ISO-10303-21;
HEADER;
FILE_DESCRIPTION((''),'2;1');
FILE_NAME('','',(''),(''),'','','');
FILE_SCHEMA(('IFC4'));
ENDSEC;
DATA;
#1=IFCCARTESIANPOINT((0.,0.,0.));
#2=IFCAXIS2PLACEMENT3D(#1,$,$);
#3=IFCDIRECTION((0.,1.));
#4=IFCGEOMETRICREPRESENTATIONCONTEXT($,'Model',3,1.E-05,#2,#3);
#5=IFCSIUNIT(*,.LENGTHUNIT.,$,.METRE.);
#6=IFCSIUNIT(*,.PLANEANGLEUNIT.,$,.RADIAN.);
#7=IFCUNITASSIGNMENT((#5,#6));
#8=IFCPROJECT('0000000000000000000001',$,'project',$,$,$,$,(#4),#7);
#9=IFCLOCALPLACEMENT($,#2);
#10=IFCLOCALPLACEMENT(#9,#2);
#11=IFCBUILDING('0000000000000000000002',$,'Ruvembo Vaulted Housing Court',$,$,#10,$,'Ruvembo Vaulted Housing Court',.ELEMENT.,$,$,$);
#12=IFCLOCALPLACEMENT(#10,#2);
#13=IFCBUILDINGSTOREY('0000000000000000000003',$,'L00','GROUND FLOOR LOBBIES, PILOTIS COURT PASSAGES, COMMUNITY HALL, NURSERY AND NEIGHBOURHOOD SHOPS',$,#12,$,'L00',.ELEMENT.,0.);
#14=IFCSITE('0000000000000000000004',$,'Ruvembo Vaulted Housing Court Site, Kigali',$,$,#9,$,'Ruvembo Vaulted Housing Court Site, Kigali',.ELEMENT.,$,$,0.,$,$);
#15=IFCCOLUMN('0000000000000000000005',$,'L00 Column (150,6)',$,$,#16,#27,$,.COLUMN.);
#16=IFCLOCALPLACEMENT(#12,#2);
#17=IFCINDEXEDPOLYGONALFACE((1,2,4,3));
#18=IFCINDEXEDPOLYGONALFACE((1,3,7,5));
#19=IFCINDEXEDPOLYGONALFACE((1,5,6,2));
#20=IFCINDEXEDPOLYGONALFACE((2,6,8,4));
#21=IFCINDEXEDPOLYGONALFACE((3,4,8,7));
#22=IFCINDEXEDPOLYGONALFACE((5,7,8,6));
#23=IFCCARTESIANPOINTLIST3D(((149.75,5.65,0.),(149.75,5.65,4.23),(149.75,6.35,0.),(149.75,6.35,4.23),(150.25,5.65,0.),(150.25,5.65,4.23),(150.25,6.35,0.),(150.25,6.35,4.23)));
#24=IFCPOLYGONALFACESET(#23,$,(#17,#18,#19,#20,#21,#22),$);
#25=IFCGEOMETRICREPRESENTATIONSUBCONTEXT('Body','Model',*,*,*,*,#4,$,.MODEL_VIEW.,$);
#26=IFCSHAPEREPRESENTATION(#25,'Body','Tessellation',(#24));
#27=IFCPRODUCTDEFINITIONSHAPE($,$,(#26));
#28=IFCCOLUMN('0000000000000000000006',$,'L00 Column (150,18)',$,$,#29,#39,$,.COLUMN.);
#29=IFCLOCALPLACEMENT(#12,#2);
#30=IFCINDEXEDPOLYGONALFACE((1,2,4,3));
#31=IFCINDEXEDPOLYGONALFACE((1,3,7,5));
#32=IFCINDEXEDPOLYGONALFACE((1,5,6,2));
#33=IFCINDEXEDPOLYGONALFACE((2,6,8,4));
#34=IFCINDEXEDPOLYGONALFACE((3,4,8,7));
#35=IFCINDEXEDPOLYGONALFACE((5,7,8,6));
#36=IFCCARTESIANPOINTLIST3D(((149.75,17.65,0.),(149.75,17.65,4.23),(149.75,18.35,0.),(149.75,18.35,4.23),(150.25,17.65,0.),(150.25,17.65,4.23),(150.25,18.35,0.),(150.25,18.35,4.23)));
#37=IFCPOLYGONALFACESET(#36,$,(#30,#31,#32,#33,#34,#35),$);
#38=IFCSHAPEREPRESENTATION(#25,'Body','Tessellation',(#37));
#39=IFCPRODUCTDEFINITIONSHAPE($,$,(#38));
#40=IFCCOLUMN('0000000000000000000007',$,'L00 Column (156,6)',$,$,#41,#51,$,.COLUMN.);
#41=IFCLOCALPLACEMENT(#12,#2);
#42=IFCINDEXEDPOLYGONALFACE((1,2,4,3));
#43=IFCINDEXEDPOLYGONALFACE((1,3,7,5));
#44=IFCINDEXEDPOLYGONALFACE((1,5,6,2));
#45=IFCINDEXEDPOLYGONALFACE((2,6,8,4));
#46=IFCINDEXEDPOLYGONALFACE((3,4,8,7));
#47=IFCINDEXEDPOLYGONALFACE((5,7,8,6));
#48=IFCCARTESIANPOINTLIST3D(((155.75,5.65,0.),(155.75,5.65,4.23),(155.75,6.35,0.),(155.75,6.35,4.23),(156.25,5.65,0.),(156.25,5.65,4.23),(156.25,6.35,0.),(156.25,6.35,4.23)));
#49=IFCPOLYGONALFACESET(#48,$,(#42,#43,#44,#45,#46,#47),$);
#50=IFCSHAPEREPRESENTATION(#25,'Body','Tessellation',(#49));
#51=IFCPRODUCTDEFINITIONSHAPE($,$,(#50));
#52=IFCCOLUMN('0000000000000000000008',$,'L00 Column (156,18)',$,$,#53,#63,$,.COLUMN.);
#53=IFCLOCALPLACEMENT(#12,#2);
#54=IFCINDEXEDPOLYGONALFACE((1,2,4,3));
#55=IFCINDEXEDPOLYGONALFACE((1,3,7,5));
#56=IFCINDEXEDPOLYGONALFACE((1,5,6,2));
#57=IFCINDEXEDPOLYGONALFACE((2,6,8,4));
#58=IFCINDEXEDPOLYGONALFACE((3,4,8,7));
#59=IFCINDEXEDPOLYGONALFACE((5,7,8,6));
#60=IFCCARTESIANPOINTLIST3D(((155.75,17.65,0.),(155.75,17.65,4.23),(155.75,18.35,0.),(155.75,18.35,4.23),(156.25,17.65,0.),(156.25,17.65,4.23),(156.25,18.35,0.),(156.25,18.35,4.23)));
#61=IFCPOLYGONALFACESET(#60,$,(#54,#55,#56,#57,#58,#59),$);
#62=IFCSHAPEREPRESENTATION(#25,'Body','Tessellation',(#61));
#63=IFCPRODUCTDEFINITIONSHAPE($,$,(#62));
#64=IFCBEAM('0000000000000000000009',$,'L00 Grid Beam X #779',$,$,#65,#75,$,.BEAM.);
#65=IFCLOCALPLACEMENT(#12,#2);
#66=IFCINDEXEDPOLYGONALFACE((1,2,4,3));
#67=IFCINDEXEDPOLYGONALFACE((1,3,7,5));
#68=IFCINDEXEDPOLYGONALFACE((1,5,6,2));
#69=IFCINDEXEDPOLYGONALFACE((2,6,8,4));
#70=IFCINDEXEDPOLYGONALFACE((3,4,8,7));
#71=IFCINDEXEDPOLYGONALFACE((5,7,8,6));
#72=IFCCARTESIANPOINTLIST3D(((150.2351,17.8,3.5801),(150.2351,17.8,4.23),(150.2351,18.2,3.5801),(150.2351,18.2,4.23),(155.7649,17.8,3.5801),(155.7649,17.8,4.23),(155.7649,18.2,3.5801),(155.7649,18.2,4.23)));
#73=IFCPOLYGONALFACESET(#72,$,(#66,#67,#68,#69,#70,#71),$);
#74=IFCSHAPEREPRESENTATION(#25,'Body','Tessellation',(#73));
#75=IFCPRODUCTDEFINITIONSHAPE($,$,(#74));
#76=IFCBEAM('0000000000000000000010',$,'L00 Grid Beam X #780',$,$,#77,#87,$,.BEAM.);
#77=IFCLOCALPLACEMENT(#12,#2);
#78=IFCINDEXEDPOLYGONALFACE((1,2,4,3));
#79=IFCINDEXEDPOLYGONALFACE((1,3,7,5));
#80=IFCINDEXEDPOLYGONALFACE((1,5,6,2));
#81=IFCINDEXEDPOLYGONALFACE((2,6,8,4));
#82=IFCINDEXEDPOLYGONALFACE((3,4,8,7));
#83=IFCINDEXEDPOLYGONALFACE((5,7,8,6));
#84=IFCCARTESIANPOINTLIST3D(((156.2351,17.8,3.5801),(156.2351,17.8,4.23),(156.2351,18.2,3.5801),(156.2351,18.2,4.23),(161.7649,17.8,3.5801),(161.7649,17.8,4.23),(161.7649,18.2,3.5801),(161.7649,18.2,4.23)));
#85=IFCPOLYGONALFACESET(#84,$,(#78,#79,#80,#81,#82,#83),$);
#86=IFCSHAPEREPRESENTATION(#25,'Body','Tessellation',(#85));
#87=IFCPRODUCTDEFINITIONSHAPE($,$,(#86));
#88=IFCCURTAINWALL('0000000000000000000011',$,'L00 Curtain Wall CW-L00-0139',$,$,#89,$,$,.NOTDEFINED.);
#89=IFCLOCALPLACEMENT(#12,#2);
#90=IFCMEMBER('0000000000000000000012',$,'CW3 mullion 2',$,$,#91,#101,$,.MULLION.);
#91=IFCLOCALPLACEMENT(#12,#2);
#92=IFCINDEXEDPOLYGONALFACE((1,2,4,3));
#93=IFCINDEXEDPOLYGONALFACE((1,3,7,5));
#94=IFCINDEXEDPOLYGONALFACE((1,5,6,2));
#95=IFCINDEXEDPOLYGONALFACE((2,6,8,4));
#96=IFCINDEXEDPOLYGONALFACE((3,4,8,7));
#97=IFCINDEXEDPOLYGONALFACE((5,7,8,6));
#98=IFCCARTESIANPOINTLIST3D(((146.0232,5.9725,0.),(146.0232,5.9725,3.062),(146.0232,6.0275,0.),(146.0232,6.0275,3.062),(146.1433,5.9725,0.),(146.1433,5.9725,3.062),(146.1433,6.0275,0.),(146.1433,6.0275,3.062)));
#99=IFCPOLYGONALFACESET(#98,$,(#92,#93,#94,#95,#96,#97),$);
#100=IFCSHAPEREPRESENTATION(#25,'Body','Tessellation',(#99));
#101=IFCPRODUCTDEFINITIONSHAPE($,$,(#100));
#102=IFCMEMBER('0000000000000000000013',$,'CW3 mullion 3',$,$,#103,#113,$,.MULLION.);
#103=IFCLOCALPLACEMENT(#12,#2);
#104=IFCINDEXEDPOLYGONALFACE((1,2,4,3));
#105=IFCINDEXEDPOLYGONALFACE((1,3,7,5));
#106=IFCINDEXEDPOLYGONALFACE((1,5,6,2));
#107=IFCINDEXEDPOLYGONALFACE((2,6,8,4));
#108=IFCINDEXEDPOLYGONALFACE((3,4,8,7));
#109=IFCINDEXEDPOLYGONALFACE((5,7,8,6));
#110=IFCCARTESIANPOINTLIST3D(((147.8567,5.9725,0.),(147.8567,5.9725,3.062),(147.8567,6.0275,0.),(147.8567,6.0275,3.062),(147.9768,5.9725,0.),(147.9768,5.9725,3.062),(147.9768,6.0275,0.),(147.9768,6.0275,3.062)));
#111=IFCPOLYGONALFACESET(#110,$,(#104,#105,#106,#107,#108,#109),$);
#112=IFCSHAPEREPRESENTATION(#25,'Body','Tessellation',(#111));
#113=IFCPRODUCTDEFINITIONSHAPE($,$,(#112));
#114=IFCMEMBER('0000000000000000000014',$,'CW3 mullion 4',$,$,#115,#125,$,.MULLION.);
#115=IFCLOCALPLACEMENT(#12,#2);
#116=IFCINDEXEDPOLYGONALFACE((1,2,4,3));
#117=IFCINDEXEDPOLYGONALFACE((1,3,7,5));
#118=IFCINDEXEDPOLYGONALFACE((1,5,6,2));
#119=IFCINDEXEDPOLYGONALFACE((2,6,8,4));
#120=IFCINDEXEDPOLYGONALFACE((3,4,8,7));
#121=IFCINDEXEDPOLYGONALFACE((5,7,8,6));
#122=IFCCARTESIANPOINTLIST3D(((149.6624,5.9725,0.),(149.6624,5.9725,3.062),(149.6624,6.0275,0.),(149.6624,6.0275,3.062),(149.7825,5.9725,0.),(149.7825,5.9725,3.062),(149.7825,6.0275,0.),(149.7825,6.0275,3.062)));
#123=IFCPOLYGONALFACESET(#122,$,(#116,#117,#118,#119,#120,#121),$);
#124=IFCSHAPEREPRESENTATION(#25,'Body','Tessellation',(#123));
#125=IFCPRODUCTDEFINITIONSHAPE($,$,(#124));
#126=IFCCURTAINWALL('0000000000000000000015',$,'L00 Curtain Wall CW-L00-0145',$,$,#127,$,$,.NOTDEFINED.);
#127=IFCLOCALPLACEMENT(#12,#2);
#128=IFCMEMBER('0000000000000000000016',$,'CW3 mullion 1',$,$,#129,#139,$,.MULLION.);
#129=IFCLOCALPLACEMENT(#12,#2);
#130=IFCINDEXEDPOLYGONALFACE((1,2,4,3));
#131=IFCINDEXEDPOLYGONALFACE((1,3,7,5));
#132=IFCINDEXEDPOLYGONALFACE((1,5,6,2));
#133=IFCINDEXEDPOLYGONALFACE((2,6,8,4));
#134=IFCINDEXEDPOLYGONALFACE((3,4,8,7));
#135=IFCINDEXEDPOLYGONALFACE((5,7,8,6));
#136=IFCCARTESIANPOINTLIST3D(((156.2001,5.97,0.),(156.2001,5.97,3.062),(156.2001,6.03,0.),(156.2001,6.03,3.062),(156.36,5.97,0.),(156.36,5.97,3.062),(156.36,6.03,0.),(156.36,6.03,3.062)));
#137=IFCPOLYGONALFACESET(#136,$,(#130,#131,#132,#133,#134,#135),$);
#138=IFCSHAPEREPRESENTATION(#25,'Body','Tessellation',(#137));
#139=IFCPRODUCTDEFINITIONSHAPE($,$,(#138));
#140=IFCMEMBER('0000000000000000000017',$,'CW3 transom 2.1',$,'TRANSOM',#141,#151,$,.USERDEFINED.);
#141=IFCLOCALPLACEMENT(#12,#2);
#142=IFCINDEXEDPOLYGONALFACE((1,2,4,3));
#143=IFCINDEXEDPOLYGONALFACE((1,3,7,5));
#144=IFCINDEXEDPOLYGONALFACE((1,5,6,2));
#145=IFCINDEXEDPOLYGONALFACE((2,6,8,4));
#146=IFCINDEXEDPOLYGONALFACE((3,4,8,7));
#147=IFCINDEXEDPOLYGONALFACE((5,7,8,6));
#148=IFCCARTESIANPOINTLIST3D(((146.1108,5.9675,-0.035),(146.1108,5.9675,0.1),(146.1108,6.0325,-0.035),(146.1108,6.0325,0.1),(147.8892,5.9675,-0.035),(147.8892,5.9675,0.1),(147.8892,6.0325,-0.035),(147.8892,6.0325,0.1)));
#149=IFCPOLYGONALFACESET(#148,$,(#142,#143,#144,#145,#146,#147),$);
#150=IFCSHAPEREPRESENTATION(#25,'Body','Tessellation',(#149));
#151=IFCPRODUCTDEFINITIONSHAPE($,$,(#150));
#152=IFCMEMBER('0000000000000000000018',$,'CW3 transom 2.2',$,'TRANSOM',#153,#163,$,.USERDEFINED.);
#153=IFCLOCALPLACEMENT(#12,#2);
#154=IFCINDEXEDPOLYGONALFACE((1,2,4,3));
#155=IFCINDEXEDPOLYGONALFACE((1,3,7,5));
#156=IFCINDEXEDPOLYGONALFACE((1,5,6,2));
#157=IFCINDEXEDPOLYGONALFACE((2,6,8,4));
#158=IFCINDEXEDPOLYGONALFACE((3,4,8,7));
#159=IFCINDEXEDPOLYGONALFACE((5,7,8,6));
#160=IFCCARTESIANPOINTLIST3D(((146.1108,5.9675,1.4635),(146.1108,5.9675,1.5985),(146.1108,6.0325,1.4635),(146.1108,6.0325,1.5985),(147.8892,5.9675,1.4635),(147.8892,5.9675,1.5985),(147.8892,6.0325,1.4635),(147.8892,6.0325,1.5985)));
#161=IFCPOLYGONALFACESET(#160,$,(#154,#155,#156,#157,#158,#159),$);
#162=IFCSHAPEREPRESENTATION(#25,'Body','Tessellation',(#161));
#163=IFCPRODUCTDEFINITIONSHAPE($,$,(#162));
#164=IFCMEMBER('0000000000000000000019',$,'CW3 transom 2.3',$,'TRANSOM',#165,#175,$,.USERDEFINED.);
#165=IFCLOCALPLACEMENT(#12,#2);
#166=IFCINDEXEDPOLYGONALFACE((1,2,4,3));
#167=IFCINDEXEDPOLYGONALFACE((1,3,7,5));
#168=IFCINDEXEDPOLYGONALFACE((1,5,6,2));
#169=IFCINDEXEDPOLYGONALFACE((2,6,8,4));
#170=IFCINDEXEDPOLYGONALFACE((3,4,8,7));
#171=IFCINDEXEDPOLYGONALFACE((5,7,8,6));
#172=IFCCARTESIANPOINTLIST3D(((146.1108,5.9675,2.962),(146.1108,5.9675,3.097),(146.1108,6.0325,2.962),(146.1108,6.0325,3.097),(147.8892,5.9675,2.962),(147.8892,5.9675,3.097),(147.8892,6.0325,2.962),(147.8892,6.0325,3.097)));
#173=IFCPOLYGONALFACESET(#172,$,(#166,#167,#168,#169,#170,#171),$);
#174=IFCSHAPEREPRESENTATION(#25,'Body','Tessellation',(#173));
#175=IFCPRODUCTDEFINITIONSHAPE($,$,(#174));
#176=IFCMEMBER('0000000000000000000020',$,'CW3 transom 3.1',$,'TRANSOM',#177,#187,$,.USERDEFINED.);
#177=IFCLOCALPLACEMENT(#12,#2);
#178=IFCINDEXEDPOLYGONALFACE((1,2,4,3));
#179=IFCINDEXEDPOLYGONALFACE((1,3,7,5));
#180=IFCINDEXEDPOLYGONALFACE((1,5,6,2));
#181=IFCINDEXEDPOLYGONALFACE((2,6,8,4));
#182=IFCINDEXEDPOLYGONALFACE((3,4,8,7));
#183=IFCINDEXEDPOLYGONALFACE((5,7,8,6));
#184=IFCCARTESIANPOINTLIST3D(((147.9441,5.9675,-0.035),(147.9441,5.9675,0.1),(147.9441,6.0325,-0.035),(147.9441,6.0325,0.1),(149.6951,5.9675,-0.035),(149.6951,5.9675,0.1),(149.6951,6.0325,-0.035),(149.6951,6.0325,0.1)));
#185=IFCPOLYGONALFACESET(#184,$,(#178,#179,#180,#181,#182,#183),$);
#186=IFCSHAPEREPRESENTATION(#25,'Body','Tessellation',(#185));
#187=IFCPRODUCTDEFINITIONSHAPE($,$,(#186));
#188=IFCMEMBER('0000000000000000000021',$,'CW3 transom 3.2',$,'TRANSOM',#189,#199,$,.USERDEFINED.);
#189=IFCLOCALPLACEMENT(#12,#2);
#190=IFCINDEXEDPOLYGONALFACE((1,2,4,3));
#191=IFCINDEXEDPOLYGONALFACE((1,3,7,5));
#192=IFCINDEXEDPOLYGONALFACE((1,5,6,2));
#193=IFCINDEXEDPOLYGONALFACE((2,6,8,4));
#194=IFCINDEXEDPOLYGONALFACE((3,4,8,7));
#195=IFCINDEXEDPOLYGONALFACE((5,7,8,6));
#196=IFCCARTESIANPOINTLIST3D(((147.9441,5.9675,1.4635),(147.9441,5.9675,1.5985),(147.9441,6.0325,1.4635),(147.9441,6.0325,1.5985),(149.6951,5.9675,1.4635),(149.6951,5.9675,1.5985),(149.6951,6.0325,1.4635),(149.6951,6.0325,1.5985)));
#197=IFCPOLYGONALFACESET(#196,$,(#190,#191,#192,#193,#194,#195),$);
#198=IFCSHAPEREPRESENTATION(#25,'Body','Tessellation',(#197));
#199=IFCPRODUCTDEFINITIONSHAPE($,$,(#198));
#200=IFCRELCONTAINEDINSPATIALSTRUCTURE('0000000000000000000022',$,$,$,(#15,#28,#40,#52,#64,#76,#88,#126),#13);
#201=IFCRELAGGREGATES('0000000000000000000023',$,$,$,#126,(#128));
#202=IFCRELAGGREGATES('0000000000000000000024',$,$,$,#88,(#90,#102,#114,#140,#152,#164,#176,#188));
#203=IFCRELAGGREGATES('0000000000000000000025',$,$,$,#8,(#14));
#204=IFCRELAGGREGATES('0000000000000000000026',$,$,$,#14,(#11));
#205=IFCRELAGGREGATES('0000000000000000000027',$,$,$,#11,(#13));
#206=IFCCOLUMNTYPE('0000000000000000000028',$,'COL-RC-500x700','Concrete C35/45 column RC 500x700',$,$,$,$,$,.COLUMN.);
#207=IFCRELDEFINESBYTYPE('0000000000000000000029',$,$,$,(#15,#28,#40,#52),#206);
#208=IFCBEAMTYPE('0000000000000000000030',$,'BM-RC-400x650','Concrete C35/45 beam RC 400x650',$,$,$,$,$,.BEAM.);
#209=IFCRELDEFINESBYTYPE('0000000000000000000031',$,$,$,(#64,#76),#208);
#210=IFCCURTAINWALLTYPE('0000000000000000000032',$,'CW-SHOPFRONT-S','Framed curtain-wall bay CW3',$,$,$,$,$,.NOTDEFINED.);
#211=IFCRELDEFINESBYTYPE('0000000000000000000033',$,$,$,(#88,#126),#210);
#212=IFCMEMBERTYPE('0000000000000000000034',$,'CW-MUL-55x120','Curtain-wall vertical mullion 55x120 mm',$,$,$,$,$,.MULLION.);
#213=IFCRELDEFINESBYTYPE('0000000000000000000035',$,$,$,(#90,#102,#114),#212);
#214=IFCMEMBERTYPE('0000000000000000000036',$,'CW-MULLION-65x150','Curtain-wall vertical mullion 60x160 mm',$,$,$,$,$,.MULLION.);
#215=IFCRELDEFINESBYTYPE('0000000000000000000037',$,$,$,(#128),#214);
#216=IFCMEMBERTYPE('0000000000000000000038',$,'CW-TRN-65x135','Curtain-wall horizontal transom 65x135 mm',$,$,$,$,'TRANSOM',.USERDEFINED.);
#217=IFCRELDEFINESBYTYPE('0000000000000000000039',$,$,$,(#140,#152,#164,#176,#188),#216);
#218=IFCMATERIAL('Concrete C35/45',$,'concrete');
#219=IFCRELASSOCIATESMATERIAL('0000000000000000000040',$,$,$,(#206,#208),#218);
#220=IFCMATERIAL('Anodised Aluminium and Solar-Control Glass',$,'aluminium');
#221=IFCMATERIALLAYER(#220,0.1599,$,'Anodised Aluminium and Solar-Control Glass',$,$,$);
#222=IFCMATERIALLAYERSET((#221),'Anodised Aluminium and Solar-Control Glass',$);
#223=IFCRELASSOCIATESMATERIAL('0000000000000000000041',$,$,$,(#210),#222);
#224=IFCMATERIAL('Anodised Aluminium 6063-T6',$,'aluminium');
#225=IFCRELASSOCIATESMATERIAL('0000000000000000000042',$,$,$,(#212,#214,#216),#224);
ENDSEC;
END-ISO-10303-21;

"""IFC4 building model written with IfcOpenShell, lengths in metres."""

from ifc_helpers import new_model, si_unit, direction, frame, origin, origin_2d, place, context, subcontext, project, spatial, rectangle, extrude, material, layer, layer_set, material_profile, profile_set, type_object, element, aggregate, save


model = new_model("IFC4")

# Units and contexts
model_context = context("Model", 3, precision=1e-05, world=origin(), true_north=direction((0.0, 1.0)))
body_context = subcontext(model_context, "Body", "Model", "MODEL_VIEW")
ifc_project = project(units=[si_unit("LENGTHUNIT", "METRE"), si_unit("PLANEANGLEUNIT", "RADIAN")], contexts=[model_context])

# Site, building, storey
site_placement = place(None, origin())
site = spatial("IfcSite", under=ifc_project, at=site_placement, Name="Ruvembo Vaulted Housing Court Site, Kigali", LongName="Ruvembo Vaulted Housing Court Site, Kigali", CompositionType="ELEMENT", RefElevation=0.0)
building_placement = place(site_placement, origin())
building = spatial("IfcBuilding", under=site, at=building_placement, Name="Ruvembo Vaulted Housing Court", LongName="Ruvembo Vaulted Housing Court", CompositionType="ELEMENT")
storey_placement = place(building_placement, origin())
storey = spatial("IfcBuildingStorey", under=building, at=storey_placement, Name="L00", Description="GROUND FLOOR LOBBIES, PILOTIS COURT PASSAGES, COMMUNITY HALL, NURSERY AND NEIGHBOURHOOD SHOPS", LongName="L00", CompositionType="ELEMENT", Elevation=0.0)

# Columns
ifc_material_1 = material(Name="Concrete C35/45", Category="concrete")
ifc_material_profile_1 = material_profile(ifc_material_1, rectangle(XDim=0.5, YDim=0.7, at=origin_2d()), Name="RC 500x700")
ifc_profile_set_1 = profile_set([ifc_material_profile_1], Name="Concrete C35/45")
column_type = type_object("IfcColumnType", Name="COL-RC-500x700", Description="Concrete C35/45 column RC 500x700", PredefinedType="COLUMN", material=ifc_profile_set_1)
for number, where, z_axis, x_axis, name in (
    (1, (150.0, 6.0, 0.0), (0.0, 0.0, 1.0), (1.0, 0.0, 0.0), "L00 Column (150,6)"),
    (2, (150.0, 18.0, 0.0), (0.0, 0.0, 1.0), (1.0, 0.0, 0.0), "L00 Column (150,18)"),
    (3, (156.0, 6.0, 0.0), (0.0, 0.0, 1.0), (1.0, 0.0, 0.0), "L00 Column (156,6)"),
    (4, (156.0, 18.0, 0.0), (0.0, 0.0, 1.0), (1.0, 0.0, 0.0), "L00 Column (156,18)"),
):
    element("IfcColumn", number, at=place(storey_placement, frame(where, z_axis=z_axis, x_axis=x_axis)), inside=storey, type_object=column_type, Name=name, PredefinedType="COLUMN", context=body_context, shape_type="SweptSolid", body=[
        extrude(rectangle(XDim=0.5, YDim=0.7, at=origin_2d()), origin(), (0.0, 0.0, 1.0), 4.23),
    ])

# Beams
ifc_material_profile_2 = material_profile(ifc_material_1, rectangle(XDim=0.3999, YDim=0.6499, at=origin_2d()), Name="RC 400x650")
ifc_profile_set_2 = profile_set([ifc_material_profile_2], Name="Concrete C35/45")
beam_type_1 = type_object("IfcBeamType", Name="BM-RC-400x650", Description="Concrete C35/45 beam RC 400x650", PredefinedType="BEAM", material=ifc_profile_set_2)
for number, where, z_axis, x_axis, name in (
    (5, (150.2351, 18.0, 3.905), (1.0, 0.0, 0.0), (0.0, 1.0, 0.0), "L00 Grid Beam X #779"),
    (6, (156.2351, 18.0, 3.905), (1.0, 0.0, 0.0), (0.0, 1.0, 0.0), "L00 Grid Beam X #780"),
):
    element("IfcBeam", number, at=place(storey_placement, frame(where, z_axis=z_axis, x_axis=x_axis)), inside=storey, type_object=beam_type_1, Name=name, PredefinedType="BEAM", context=body_context, shape_type="SweptSolid", body=[
        extrude(rectangle(XDim=0.3999, YDim=0.6499, at=origin_2d()), origin(), (0.0, 0.0, 1.0), 5.5298),
    ])

# Curtain wall, members
ifc_material_2 = material(Name="Anodised Aluminium and Solar-Control Glass", Category="aluminium")
ifc_layer_1 = layer(ifc_material_2, 0.1599, Name="Anodised Aluminium and Solar-Control Glass")
ifc_layer_set_1 = layer_set([ifc_layer_1], Name="Anodised Aluminium and Solar-Control Glass")
curtain_wall_type = type_object("IfcCurtainWallType", Name="CW-SHOPFRONT-S", Description="Framed curtain-wall bay CW3", PredefinedType="NOTDEFINED", material=ifc_layer_set_1)
curtain_wall_1_placement = place(storey_placement, origin())
curtain_wall_1 = element("IfcCurtainWall", 7, at=curtain_wall_1_placement, inside=storey, type_object=curtain_wall_type, Name="L00 Curtain Wall CW-L00-0139", PredefinedType="NOTDEFINED")
ifc_material_3 = material(Name="Anodised Aluminium 6063-T6", Category="aluminium")
ifc_material_profile_3 = material_profile(ifc_material_3, rectangle(XDim=0.0549, YDim=0.1201, at=origin_2d()), Name="ALU 55x120")
ifc_profile_set_3 = profile_set([ifc_material_profile_3], Name="Anodised Aluminium 6063-T6")
member_type_1 = type_object("IfcMemberType", Name="CW-MUL-55x120", Description="Curtain-wall vertical mullion 55x120 mm", PredefinedType="MULLION", material=ifc_profile_set_3)
member_1_placement = place(storey_placement, frame((146.0833, 6.0, 0.0), z_axis=(0.0, 0.0, 1.0), x_axis=(0.0, 1.0, 0.0)))
member_1 = element("IfcMember", 8, at=member_1_placement, type_object=member_type_1, Name="CW3 mullion 2", PredefinedType="MULLION", context=body_context, shape_type="SweptSolid", body=[
    extrude(rectangle(XDim=0.0549, YDim=0.1201, at=origin_2d()), origin(), (0.0, 0.0, 1.0), 3.062),
])
member_2_placement = place(storey_placement, frame((147.9167, 6.0, 0.0), z_axis=(0.0, 0.0, 1.0), x_axis=(0.0, 1.0, 0.0)))
member_2 = element("IfcMember", 9, at=member_2_placement, type_object=member_type_1, Name="CW3 mullion 3", PredefinedType="MULLION", context=body_context, shape_type="SweptSolid", body=[
    extrude(rectangle(XDim=0.0549, YDim=0.1201, at=origin_2d()), origin(), (0.0, 0.0, 1.0), 3.062),
])
member_3_placement = place(storey_placement, frame((149.7224, 6.0, 0.0), z_axis=(0.0, 0.0, 1.0), x_axis=(0.0, 1.0, 0.0)))
member_3 = element("IfcMember", 10, at=member_3_placement, type_object=member_type_1, Name="CW3 mullion 4", PredefinedType="MULLION", context=body_context, shape_type="SweptSolid", body=[
    extrude(rectangle(XDim=0.0549, YDim=0.1201, at=origin_2d()), origin(), (0.0, 0.0, 1.0), 3.062),
])

# Curtain wall, member
curtain_wall_2_placement = place(storey_placement, origin())
curtain_wall_2 = element("IfcCurtainWall", 11, at=curtain_wall_2_placement, inside=storey, type_object=curtain_wall_type, Name="L00 Curtain Wall CW-L00-0145", PredefinedType="NOTDEFINED")
ifc_material_profile_4 = material_profile(ifc_material_3, rectangle(XDim=0.0601, YDim=0.1599, at=origin_2d()), Name="ALU 60x160")
ifc_profile_set_4 = profile_set([ifc_material_profile_4], Name="Anodised Aluminium 6063-T6")
member_type_2 = type_object("IfcMemberType", Name="CW-MULLION-65x150", Description="Curtain-wall vertical mullion 60x160 mm", PredefinedType="MULLION", material=ifc_profile_set_4)
member_4_placement = place(storey_placement, frame((156.28, 6.0, 0.0), z_axis=(0.0, 0.0, 1.0), x_axis=(0.0, 1.0, 0.0)))
member_4 = element("IfcMember", 12, at=member_4_placement, type_object=member_type_2, Name="CW3 mullion 1", PredefinedType="MULLION", context=body_context, shape_type="SweptSolid", body=[
    extrude(rectangle(XDim=0.0601, YDim=0.1599, at=origin_2d()), origin(), (0.0, 0.0, 1.0), 3.062),
])

# Members
ifc_material_profile_5 = material_profile(ifc_material_3, rectangle(XDim=0.0649, YDim=0.135, at=origin_2d()), Name="ALU 65x135")
ifc_profile_set_5 = profile_set([ifc_material_profile_5], Name="Anodised Aluminium 6063-T6")
member_type_3 = type_object("IfcMemberType", Name="CW-TRN-65x135", Description="Curtain-wall horizontal transom 65x135 mm", ElementType="TRANSOM", PredefinedType="USERDEFINED", material=ifc_profile_set_5)
member_5_placement = place(storey_placement, frame((146.1108, 6.0, 0.0325), z_axis=(1.0, 0.0, 0.0), x_axis=(0.0, 1.0, 0.0)))
member_5 = element("IfcMember", 13, at=member_5_placement, type_object=member_type_3, Name="CW3 transom 2.1", ObjectType="TRANSOM", PredefinedType="USERDEFINED", context=body_context, shape_type="SweptSolid", body=[
    extrude(rectangle(XDim=0.0649, YDim=0.135, at=origin_2d()), origin(), (0.0, 0.0, 1.0), 1.7783),
])
member_6_placement = place(storey_placement, frame((146.1108, 6.0, 1.531), z_axis=(1.0, 0.0, 0.0), x_axis=(0.0, 1.0, 0.0)))
member_6 = element("IfcMember", 14, at=member_6_placement, type_object=member_type_3, Name="CW3 transom 2.2", ObjectType="TRANSOM", PredefinedType="USERDEFINED", context=body_context, shape_type="SweptSolid", body=[
    extrude(rectangle(XDim=0.0649, YDim=0.135, at=origin_2d()), origin(), (0.0, 0.0, 1.0), 1.7783),
])
member_7_placement = place(storey_placement, frame((146.1108, 6.0, 3.0295), z_axis=(1.0, 0.0, 0.0), x_axis=(0.0, 1.0, 0.0)))
member_7 = element("IfcMember", 15, at=member_7_placement, type_object=member_type_3, Name="CW3 transom 2.3", ObjectType="TRANSOM", PredefinedType="USERDEFINED", context=body_context, shape_type="SweptSolid", body=[
    extrude(rectangle(XDim=0.0649, YDim=0.135, at=origin_2d()), origin(), (0.0, 0.0, 1.0), 1.7783),
])
member_8_placement = place(storey_placement, frame((147.9441, 6.0, 0.0325), z_axis=(1.0, 0.0, 0.0), x_axis=(0.0, 1.0, 0.0)))
member_8 = element("IfcMember", 16, at=member_8_placement, type_object=member_type_3, Name="CW3 transom 3.1", ObjectType="TRANSOM", PredefinedType="USERDEFINED", context=body_context, shape_type="SweptSolid", body=[
    extrude(rectangle(XDim=0.0649, YDim=0.135, at=origin_2d()), origin(), (0.0, 0.0, 1.0), 1.751),
])
member_9_placement = place(storey_placement, frame((147.9441, 6.0, 1.531), z_axis=(1.0, 0.0, 0.0), x_axis=(0.0, 1.0, 0.0)))
member_9 = element("IfcMember", 17, at=member_9_placement, type_object=member_type_3, Name="CW3 transom 3.2", ObjectType="TRANSOM", PredefinedType="USERDEFINED", context=body_context, shape_type="SweptSolid", body=[
    extrude(rectangle(XDim=0.0649, YDim=0.135, at=origin_2d()), origin(), (0.0, 0.0, 1.0), 1.751),
])
aggregate(curtain_wall_2, [member_4])

aggregate(curtain_wall_1, [member_1, member_2, member_3, member_5, member_6, member_7, member_8, member_9])

save(model, "model.ifc")
